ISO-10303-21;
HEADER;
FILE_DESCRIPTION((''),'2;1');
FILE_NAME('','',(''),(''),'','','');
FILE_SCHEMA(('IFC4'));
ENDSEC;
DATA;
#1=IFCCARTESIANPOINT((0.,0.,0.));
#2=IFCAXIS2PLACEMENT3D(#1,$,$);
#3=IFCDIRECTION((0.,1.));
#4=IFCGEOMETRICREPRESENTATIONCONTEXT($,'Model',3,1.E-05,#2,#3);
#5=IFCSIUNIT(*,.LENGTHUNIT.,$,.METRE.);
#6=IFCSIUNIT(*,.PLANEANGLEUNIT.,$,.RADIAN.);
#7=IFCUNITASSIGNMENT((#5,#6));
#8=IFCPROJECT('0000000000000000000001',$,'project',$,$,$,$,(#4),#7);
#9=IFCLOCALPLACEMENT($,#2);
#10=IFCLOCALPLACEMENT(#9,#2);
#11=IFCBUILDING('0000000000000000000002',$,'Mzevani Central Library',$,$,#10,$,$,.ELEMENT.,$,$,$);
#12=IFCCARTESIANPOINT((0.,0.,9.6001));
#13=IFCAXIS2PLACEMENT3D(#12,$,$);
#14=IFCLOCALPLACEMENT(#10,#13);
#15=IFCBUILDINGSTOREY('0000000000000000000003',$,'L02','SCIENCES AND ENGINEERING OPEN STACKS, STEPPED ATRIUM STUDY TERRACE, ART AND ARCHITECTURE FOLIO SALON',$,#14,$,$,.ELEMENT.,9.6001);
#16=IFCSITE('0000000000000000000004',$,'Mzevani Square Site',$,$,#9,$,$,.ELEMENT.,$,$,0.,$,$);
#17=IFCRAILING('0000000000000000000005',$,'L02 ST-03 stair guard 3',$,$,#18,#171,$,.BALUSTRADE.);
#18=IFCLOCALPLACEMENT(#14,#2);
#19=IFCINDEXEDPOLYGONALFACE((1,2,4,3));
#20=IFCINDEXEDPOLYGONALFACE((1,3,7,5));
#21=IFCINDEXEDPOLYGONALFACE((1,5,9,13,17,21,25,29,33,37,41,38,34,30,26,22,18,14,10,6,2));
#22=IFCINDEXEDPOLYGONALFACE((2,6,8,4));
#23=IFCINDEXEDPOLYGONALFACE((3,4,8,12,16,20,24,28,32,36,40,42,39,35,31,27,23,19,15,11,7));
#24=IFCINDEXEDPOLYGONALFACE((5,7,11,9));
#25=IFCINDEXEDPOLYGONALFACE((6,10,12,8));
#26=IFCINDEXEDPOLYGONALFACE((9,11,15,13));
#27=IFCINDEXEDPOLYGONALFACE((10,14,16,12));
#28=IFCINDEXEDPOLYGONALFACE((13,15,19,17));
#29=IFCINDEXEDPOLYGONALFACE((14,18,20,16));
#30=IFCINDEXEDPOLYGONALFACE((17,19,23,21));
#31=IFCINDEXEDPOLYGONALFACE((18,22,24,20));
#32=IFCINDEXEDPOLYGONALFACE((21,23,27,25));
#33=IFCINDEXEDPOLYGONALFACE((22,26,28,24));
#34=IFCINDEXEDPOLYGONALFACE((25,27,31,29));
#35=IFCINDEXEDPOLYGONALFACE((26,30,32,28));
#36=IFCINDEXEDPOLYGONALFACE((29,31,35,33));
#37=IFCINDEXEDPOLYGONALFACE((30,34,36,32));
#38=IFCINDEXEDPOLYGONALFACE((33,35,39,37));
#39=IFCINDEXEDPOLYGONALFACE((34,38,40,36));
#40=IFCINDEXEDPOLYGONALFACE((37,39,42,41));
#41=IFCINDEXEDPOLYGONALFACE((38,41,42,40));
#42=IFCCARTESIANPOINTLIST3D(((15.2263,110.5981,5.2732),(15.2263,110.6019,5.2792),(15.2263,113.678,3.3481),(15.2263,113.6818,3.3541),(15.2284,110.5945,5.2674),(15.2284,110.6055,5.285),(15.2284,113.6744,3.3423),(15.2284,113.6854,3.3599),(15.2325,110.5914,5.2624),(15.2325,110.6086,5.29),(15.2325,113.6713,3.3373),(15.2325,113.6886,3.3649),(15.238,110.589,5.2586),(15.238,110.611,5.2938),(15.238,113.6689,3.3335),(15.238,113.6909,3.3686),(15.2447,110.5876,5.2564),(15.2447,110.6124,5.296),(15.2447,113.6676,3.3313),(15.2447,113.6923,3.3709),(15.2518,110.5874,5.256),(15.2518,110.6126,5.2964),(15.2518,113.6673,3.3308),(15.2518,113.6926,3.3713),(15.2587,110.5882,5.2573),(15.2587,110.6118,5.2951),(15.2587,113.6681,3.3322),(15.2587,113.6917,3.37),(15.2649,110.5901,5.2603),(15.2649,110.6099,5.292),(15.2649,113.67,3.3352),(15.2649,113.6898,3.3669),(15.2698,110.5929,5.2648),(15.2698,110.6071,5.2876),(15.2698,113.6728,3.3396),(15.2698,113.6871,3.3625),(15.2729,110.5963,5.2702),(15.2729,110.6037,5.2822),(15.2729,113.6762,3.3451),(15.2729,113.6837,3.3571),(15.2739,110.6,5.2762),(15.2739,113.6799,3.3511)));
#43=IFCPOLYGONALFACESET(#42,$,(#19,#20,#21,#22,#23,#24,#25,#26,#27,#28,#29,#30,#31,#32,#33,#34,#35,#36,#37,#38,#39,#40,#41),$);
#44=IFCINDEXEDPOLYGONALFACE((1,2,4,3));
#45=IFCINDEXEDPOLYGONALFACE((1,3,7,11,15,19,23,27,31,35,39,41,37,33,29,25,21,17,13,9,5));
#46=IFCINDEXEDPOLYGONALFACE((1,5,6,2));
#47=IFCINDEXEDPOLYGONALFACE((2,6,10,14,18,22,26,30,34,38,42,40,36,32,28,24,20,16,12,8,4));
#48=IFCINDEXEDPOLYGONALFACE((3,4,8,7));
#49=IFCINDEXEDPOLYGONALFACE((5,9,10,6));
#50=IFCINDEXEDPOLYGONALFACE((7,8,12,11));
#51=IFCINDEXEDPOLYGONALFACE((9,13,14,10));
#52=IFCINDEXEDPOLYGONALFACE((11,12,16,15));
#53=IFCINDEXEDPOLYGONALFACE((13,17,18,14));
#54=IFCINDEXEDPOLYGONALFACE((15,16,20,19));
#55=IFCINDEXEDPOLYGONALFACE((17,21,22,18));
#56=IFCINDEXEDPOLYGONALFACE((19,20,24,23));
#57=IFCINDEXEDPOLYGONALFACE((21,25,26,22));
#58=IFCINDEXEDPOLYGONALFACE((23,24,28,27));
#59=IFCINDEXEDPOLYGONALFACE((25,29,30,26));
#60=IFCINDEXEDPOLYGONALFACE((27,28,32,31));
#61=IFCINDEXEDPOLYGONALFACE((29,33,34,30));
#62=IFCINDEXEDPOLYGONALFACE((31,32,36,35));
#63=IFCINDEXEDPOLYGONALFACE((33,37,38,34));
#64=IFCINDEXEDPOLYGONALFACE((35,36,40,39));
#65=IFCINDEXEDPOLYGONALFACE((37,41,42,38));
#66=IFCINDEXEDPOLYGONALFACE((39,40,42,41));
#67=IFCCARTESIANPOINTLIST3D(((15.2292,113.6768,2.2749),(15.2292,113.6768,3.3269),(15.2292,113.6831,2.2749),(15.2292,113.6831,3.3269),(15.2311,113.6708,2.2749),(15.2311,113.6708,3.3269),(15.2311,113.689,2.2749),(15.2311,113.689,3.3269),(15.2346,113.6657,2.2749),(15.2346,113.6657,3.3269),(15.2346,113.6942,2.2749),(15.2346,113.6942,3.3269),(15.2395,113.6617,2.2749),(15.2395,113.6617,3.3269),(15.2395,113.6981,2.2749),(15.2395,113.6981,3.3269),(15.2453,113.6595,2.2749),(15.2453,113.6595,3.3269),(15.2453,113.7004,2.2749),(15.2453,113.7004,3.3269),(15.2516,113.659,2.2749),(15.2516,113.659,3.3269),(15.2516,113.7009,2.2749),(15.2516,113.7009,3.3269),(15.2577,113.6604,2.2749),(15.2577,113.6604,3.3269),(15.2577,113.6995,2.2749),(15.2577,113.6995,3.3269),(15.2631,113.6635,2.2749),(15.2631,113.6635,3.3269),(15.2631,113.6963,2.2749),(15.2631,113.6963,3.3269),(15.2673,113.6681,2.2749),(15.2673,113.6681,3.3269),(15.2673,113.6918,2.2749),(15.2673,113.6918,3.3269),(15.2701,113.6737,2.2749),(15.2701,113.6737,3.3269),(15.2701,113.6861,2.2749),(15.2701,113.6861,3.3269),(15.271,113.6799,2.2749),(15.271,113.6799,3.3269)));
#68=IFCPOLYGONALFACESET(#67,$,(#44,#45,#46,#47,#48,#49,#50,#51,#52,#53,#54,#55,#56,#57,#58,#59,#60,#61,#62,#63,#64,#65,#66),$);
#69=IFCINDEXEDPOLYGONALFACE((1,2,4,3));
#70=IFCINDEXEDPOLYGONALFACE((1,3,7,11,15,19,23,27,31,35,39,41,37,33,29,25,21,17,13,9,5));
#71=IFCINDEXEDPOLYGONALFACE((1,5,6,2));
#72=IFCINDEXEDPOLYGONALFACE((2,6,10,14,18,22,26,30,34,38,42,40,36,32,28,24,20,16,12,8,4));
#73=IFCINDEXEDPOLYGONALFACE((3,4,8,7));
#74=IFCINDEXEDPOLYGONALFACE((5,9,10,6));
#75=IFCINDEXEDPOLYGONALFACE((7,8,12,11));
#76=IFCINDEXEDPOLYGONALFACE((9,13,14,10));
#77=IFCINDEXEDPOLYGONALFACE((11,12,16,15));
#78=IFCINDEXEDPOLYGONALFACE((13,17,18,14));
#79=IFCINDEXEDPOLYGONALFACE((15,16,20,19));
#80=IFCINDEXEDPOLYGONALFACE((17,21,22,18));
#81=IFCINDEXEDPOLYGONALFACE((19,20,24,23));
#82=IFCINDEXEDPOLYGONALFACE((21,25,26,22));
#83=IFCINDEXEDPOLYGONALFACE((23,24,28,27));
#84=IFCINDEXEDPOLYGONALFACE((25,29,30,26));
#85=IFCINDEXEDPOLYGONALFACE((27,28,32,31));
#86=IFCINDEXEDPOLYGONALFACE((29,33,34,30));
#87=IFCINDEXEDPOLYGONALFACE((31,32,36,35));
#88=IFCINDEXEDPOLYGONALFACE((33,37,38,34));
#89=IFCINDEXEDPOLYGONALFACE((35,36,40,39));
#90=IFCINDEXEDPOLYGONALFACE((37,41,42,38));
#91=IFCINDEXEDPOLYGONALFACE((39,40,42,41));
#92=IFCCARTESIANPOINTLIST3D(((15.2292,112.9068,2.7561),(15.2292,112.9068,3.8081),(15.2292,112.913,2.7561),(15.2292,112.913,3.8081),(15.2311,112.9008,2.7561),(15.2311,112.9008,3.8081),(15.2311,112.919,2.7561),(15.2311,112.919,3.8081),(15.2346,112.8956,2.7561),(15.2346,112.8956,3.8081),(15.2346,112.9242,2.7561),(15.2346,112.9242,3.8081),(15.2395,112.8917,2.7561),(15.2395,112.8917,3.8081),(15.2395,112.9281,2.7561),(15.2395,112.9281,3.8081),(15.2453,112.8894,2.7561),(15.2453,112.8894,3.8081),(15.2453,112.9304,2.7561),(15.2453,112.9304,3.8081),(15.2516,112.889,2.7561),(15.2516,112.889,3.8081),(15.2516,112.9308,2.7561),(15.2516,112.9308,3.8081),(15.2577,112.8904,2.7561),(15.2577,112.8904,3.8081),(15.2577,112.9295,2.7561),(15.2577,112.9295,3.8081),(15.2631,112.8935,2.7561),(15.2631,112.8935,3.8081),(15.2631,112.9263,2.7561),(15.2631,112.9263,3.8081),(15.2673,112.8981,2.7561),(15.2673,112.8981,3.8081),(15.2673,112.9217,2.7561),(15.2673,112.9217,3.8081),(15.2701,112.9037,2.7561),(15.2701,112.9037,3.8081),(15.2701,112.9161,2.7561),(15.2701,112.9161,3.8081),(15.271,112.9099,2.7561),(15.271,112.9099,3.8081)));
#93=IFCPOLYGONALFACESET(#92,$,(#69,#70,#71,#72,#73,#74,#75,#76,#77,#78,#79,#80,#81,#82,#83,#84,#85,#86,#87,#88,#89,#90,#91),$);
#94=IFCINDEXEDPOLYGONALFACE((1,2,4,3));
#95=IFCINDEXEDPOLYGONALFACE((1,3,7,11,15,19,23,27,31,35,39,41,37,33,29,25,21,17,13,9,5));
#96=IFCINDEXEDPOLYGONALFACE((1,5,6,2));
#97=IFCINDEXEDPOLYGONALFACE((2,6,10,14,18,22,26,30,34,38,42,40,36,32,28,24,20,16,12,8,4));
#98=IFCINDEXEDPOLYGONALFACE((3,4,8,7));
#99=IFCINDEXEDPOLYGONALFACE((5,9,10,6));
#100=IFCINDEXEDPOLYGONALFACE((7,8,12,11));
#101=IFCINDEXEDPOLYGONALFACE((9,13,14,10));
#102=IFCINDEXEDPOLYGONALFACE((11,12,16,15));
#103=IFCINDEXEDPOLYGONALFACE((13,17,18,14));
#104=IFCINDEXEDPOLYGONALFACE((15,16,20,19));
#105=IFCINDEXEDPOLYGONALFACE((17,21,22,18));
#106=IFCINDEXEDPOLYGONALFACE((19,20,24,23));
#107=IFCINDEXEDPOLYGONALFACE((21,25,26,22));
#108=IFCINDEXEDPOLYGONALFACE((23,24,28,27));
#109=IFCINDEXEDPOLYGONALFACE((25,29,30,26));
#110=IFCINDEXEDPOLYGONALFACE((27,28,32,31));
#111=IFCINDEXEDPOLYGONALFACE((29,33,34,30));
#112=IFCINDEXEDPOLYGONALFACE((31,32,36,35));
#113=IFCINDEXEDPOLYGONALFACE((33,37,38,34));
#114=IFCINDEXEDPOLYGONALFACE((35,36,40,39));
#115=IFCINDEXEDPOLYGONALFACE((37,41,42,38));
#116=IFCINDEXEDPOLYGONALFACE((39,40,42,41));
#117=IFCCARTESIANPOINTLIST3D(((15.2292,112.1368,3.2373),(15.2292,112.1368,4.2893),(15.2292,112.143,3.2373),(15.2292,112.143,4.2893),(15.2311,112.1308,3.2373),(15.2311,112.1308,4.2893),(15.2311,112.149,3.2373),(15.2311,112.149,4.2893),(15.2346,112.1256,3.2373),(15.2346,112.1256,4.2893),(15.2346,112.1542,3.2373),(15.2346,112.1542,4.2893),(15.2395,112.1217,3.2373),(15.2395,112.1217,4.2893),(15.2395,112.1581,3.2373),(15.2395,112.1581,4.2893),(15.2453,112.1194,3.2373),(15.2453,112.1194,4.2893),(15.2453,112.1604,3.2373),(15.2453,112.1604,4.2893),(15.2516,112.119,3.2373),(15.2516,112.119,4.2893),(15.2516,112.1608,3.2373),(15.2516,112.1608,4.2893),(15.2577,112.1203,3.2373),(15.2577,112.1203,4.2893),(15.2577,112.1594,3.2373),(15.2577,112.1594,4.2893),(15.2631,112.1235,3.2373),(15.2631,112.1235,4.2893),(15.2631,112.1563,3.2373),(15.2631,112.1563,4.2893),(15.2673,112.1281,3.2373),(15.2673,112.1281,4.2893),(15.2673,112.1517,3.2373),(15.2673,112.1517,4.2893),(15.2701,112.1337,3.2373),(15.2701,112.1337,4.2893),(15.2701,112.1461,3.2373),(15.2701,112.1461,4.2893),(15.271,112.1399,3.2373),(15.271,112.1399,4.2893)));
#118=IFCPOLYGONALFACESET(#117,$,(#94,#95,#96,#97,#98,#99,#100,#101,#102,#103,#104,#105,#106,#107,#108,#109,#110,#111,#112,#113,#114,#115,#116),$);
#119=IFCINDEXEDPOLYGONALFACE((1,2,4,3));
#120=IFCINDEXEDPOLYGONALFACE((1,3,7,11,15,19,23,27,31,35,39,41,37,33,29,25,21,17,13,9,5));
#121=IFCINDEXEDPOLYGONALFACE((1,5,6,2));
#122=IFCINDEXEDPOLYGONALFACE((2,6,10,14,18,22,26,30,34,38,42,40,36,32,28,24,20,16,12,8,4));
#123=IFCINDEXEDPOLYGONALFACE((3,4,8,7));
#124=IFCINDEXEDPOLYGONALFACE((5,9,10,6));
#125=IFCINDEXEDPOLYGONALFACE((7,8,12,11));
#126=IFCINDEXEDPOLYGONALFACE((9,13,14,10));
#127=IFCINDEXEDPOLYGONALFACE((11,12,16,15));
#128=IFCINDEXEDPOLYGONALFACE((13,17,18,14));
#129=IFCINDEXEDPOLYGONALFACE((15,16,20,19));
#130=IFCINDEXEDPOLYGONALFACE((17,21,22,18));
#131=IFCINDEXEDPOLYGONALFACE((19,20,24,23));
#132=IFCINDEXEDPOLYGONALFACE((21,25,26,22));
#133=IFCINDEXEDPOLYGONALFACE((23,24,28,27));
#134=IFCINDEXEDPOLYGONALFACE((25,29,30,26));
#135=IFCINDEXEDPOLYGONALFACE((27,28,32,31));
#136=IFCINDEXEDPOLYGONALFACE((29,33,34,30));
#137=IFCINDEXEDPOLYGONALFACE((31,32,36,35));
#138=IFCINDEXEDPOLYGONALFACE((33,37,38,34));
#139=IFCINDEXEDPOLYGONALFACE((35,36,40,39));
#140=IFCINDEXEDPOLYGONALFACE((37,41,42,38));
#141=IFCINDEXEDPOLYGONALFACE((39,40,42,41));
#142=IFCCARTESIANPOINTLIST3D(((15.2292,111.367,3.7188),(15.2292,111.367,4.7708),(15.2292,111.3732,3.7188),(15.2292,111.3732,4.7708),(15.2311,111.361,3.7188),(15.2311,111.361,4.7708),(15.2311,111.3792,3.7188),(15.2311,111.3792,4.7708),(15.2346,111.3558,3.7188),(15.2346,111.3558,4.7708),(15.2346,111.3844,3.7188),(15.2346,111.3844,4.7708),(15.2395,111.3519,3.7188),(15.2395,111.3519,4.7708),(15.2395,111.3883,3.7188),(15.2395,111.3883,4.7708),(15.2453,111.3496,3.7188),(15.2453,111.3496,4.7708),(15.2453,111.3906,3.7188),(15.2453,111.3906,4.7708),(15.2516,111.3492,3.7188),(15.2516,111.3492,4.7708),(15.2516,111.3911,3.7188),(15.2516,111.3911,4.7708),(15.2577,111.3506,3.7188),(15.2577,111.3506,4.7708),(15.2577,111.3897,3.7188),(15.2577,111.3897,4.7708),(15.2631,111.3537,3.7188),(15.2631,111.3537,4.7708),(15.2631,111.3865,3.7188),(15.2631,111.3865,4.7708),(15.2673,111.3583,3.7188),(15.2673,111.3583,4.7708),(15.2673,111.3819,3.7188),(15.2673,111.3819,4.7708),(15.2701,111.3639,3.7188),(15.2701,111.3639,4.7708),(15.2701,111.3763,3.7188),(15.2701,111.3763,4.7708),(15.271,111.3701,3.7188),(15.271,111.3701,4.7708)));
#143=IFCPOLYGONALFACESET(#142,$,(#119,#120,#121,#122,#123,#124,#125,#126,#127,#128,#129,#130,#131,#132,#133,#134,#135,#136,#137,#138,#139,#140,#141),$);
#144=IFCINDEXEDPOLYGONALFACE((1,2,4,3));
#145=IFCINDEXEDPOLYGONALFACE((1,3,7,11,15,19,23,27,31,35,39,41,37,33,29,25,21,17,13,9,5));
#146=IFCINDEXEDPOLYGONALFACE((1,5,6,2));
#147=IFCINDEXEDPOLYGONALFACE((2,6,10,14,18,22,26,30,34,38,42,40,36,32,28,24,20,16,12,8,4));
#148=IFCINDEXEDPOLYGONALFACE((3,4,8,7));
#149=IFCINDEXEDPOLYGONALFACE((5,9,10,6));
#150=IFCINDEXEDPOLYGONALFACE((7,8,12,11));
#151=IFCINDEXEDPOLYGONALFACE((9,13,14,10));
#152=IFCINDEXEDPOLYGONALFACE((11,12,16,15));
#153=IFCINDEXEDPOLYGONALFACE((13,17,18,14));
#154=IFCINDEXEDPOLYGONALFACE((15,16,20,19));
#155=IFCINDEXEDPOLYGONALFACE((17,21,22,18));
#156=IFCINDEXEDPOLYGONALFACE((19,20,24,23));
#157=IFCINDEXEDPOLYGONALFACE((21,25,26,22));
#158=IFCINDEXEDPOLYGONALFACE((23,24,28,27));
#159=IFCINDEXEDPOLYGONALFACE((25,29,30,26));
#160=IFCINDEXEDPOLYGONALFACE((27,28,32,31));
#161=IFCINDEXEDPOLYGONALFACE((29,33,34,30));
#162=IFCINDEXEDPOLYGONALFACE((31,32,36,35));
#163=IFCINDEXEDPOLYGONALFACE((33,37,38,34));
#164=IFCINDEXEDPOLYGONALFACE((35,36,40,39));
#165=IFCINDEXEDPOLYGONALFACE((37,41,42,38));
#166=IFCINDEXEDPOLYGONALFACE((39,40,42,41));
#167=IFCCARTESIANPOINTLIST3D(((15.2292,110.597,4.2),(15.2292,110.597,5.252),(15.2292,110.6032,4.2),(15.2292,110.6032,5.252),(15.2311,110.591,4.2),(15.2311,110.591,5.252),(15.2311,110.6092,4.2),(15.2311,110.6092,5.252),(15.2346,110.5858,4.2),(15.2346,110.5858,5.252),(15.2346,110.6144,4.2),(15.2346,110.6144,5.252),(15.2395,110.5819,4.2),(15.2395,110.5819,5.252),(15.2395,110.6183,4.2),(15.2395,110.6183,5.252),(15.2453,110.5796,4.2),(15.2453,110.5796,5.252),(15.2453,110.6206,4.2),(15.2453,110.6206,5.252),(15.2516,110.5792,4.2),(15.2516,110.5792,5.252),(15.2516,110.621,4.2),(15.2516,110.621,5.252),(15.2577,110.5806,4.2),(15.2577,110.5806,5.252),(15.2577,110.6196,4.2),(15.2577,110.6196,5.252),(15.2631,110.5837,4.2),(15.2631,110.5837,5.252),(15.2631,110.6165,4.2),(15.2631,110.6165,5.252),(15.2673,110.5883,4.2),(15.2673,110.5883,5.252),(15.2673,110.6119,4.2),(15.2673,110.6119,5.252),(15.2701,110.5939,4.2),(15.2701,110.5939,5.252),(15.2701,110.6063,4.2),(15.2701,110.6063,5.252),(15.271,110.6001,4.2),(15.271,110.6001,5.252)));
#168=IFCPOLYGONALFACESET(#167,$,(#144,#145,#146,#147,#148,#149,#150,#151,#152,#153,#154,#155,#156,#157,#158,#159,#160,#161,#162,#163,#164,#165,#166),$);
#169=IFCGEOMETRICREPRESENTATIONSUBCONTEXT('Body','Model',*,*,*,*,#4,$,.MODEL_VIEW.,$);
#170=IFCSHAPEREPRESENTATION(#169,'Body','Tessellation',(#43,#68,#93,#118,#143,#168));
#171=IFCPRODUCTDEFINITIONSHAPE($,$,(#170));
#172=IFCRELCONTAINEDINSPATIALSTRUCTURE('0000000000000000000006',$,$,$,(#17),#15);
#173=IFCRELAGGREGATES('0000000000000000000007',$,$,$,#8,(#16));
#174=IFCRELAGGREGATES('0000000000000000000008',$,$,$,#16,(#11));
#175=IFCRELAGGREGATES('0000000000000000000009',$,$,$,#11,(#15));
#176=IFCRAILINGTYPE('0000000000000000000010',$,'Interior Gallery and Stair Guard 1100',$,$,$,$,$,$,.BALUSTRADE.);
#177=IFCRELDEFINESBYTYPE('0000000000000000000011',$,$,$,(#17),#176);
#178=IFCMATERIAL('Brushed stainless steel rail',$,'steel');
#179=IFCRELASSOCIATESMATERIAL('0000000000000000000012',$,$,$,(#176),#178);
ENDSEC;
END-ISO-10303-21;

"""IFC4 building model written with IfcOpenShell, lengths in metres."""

from ifc_helpers import new_model, si_unit, direction, frame, origin, origin_2d, place, context, subcontext, project, spatial, circle, extrude, material, type_object, element, save


model = new_model("IFC4")

# Units and contexts
model_context = context("Model", 3, precision=1e-05, world=origin(), true_north=direction((0.0, 1.0)))
body_context = subcontext(model_context, "Body", "Model", "MODEL_VIEW")
ifc_project = project(units=[si_unit("LENGTHUNIT", "METRE"), si_unit("PLANEANGLEUNIT", "RADIAN")], contexts=[model_context])

# Site, building, storey
site_placement = place(None, origin())
site = spatial("IfcSite", under=ifc_project, at=site_placement, Name="Mzevani Square Site", CompositionType="ELEMENT", RefElevation=0.0)
building_placement = place(site_placement, origin())
building = spatial("IfcBuilding", under=site, at=building_placement, Name="Mzevani Central Library", CompositionType="ELEMENT")
storey_placement = place(building_placement, frame((0.0, 0.0, 9.6001)))
storey = spatial("IfcBuildingStorey", under=building, at=storey_placement, Name="L02", Description="SCIENCES AND ENGINEERING OPEN STACKS, STEPPED ATRIUM STUDY TERRACE, ART AND ARCHITECTURE FOLIO SALON", CompositionType="ELEMENT", Elevation=9.6001)

# Railing
ifc_material_1 = material(Name="Brushed stainless steel rail", Category="steel")
railing_type_1 = type_object("IfcRailingType", Name="Interior Gallery and Stair Guard 1100", PredefinedType="BALUSTRADE", material=ifc_material_1)
railing_1_placement = place(storey_placement, frame((15.25, 113.6799, 2.2749)))
element("IfcRailing", 1, at=railing_1_placement, inside=storey, type_object=railing_type_1, Name="L02 ST-03 stair guard 3", PredefinedType="BALUSTRADE", context=body_context, shape_type="SweptSolid", body=[
    extrude(circle(Radius=0.0239, at=origin_2d()), frame((0.0, 0.0, 1.0762), z_axis=(0.0, -0.847979, 0.530029), x_axis=(1.0, 0.0, 0.0)), (0.0, 0.0, 1.0), 3.6321),
    extrude(circle(Radius=0.021, at=origin_2d()), origin(), (0.0, 0.0, 1.0), 1.052),
    extrude(circle(Radius=0.021, at=origin_2d()), frame((0.0, -0.77, 0.4812)), (0.0, 0.0, 1.0), 1.052),
    extrude(circle(Radius=0.021, at=origin_2d()), frame((0.0, -1.54, 0.9624)), (0.0, 0.0, 1.0), 1.052),
    extrude(circle(Radius=0.021, at=origin_2d()), frame((0.0, -2.3098, 1.4438)), (0.0, 0.0, 1.0), 1.052),
    extrude(circle(Radius=0.021, at=origin_2d()), frame((0.0, -3.0798, 1.925)), (0.0, 0.0, 1.0), 1.052),
])

save(model, "model.ifc")
